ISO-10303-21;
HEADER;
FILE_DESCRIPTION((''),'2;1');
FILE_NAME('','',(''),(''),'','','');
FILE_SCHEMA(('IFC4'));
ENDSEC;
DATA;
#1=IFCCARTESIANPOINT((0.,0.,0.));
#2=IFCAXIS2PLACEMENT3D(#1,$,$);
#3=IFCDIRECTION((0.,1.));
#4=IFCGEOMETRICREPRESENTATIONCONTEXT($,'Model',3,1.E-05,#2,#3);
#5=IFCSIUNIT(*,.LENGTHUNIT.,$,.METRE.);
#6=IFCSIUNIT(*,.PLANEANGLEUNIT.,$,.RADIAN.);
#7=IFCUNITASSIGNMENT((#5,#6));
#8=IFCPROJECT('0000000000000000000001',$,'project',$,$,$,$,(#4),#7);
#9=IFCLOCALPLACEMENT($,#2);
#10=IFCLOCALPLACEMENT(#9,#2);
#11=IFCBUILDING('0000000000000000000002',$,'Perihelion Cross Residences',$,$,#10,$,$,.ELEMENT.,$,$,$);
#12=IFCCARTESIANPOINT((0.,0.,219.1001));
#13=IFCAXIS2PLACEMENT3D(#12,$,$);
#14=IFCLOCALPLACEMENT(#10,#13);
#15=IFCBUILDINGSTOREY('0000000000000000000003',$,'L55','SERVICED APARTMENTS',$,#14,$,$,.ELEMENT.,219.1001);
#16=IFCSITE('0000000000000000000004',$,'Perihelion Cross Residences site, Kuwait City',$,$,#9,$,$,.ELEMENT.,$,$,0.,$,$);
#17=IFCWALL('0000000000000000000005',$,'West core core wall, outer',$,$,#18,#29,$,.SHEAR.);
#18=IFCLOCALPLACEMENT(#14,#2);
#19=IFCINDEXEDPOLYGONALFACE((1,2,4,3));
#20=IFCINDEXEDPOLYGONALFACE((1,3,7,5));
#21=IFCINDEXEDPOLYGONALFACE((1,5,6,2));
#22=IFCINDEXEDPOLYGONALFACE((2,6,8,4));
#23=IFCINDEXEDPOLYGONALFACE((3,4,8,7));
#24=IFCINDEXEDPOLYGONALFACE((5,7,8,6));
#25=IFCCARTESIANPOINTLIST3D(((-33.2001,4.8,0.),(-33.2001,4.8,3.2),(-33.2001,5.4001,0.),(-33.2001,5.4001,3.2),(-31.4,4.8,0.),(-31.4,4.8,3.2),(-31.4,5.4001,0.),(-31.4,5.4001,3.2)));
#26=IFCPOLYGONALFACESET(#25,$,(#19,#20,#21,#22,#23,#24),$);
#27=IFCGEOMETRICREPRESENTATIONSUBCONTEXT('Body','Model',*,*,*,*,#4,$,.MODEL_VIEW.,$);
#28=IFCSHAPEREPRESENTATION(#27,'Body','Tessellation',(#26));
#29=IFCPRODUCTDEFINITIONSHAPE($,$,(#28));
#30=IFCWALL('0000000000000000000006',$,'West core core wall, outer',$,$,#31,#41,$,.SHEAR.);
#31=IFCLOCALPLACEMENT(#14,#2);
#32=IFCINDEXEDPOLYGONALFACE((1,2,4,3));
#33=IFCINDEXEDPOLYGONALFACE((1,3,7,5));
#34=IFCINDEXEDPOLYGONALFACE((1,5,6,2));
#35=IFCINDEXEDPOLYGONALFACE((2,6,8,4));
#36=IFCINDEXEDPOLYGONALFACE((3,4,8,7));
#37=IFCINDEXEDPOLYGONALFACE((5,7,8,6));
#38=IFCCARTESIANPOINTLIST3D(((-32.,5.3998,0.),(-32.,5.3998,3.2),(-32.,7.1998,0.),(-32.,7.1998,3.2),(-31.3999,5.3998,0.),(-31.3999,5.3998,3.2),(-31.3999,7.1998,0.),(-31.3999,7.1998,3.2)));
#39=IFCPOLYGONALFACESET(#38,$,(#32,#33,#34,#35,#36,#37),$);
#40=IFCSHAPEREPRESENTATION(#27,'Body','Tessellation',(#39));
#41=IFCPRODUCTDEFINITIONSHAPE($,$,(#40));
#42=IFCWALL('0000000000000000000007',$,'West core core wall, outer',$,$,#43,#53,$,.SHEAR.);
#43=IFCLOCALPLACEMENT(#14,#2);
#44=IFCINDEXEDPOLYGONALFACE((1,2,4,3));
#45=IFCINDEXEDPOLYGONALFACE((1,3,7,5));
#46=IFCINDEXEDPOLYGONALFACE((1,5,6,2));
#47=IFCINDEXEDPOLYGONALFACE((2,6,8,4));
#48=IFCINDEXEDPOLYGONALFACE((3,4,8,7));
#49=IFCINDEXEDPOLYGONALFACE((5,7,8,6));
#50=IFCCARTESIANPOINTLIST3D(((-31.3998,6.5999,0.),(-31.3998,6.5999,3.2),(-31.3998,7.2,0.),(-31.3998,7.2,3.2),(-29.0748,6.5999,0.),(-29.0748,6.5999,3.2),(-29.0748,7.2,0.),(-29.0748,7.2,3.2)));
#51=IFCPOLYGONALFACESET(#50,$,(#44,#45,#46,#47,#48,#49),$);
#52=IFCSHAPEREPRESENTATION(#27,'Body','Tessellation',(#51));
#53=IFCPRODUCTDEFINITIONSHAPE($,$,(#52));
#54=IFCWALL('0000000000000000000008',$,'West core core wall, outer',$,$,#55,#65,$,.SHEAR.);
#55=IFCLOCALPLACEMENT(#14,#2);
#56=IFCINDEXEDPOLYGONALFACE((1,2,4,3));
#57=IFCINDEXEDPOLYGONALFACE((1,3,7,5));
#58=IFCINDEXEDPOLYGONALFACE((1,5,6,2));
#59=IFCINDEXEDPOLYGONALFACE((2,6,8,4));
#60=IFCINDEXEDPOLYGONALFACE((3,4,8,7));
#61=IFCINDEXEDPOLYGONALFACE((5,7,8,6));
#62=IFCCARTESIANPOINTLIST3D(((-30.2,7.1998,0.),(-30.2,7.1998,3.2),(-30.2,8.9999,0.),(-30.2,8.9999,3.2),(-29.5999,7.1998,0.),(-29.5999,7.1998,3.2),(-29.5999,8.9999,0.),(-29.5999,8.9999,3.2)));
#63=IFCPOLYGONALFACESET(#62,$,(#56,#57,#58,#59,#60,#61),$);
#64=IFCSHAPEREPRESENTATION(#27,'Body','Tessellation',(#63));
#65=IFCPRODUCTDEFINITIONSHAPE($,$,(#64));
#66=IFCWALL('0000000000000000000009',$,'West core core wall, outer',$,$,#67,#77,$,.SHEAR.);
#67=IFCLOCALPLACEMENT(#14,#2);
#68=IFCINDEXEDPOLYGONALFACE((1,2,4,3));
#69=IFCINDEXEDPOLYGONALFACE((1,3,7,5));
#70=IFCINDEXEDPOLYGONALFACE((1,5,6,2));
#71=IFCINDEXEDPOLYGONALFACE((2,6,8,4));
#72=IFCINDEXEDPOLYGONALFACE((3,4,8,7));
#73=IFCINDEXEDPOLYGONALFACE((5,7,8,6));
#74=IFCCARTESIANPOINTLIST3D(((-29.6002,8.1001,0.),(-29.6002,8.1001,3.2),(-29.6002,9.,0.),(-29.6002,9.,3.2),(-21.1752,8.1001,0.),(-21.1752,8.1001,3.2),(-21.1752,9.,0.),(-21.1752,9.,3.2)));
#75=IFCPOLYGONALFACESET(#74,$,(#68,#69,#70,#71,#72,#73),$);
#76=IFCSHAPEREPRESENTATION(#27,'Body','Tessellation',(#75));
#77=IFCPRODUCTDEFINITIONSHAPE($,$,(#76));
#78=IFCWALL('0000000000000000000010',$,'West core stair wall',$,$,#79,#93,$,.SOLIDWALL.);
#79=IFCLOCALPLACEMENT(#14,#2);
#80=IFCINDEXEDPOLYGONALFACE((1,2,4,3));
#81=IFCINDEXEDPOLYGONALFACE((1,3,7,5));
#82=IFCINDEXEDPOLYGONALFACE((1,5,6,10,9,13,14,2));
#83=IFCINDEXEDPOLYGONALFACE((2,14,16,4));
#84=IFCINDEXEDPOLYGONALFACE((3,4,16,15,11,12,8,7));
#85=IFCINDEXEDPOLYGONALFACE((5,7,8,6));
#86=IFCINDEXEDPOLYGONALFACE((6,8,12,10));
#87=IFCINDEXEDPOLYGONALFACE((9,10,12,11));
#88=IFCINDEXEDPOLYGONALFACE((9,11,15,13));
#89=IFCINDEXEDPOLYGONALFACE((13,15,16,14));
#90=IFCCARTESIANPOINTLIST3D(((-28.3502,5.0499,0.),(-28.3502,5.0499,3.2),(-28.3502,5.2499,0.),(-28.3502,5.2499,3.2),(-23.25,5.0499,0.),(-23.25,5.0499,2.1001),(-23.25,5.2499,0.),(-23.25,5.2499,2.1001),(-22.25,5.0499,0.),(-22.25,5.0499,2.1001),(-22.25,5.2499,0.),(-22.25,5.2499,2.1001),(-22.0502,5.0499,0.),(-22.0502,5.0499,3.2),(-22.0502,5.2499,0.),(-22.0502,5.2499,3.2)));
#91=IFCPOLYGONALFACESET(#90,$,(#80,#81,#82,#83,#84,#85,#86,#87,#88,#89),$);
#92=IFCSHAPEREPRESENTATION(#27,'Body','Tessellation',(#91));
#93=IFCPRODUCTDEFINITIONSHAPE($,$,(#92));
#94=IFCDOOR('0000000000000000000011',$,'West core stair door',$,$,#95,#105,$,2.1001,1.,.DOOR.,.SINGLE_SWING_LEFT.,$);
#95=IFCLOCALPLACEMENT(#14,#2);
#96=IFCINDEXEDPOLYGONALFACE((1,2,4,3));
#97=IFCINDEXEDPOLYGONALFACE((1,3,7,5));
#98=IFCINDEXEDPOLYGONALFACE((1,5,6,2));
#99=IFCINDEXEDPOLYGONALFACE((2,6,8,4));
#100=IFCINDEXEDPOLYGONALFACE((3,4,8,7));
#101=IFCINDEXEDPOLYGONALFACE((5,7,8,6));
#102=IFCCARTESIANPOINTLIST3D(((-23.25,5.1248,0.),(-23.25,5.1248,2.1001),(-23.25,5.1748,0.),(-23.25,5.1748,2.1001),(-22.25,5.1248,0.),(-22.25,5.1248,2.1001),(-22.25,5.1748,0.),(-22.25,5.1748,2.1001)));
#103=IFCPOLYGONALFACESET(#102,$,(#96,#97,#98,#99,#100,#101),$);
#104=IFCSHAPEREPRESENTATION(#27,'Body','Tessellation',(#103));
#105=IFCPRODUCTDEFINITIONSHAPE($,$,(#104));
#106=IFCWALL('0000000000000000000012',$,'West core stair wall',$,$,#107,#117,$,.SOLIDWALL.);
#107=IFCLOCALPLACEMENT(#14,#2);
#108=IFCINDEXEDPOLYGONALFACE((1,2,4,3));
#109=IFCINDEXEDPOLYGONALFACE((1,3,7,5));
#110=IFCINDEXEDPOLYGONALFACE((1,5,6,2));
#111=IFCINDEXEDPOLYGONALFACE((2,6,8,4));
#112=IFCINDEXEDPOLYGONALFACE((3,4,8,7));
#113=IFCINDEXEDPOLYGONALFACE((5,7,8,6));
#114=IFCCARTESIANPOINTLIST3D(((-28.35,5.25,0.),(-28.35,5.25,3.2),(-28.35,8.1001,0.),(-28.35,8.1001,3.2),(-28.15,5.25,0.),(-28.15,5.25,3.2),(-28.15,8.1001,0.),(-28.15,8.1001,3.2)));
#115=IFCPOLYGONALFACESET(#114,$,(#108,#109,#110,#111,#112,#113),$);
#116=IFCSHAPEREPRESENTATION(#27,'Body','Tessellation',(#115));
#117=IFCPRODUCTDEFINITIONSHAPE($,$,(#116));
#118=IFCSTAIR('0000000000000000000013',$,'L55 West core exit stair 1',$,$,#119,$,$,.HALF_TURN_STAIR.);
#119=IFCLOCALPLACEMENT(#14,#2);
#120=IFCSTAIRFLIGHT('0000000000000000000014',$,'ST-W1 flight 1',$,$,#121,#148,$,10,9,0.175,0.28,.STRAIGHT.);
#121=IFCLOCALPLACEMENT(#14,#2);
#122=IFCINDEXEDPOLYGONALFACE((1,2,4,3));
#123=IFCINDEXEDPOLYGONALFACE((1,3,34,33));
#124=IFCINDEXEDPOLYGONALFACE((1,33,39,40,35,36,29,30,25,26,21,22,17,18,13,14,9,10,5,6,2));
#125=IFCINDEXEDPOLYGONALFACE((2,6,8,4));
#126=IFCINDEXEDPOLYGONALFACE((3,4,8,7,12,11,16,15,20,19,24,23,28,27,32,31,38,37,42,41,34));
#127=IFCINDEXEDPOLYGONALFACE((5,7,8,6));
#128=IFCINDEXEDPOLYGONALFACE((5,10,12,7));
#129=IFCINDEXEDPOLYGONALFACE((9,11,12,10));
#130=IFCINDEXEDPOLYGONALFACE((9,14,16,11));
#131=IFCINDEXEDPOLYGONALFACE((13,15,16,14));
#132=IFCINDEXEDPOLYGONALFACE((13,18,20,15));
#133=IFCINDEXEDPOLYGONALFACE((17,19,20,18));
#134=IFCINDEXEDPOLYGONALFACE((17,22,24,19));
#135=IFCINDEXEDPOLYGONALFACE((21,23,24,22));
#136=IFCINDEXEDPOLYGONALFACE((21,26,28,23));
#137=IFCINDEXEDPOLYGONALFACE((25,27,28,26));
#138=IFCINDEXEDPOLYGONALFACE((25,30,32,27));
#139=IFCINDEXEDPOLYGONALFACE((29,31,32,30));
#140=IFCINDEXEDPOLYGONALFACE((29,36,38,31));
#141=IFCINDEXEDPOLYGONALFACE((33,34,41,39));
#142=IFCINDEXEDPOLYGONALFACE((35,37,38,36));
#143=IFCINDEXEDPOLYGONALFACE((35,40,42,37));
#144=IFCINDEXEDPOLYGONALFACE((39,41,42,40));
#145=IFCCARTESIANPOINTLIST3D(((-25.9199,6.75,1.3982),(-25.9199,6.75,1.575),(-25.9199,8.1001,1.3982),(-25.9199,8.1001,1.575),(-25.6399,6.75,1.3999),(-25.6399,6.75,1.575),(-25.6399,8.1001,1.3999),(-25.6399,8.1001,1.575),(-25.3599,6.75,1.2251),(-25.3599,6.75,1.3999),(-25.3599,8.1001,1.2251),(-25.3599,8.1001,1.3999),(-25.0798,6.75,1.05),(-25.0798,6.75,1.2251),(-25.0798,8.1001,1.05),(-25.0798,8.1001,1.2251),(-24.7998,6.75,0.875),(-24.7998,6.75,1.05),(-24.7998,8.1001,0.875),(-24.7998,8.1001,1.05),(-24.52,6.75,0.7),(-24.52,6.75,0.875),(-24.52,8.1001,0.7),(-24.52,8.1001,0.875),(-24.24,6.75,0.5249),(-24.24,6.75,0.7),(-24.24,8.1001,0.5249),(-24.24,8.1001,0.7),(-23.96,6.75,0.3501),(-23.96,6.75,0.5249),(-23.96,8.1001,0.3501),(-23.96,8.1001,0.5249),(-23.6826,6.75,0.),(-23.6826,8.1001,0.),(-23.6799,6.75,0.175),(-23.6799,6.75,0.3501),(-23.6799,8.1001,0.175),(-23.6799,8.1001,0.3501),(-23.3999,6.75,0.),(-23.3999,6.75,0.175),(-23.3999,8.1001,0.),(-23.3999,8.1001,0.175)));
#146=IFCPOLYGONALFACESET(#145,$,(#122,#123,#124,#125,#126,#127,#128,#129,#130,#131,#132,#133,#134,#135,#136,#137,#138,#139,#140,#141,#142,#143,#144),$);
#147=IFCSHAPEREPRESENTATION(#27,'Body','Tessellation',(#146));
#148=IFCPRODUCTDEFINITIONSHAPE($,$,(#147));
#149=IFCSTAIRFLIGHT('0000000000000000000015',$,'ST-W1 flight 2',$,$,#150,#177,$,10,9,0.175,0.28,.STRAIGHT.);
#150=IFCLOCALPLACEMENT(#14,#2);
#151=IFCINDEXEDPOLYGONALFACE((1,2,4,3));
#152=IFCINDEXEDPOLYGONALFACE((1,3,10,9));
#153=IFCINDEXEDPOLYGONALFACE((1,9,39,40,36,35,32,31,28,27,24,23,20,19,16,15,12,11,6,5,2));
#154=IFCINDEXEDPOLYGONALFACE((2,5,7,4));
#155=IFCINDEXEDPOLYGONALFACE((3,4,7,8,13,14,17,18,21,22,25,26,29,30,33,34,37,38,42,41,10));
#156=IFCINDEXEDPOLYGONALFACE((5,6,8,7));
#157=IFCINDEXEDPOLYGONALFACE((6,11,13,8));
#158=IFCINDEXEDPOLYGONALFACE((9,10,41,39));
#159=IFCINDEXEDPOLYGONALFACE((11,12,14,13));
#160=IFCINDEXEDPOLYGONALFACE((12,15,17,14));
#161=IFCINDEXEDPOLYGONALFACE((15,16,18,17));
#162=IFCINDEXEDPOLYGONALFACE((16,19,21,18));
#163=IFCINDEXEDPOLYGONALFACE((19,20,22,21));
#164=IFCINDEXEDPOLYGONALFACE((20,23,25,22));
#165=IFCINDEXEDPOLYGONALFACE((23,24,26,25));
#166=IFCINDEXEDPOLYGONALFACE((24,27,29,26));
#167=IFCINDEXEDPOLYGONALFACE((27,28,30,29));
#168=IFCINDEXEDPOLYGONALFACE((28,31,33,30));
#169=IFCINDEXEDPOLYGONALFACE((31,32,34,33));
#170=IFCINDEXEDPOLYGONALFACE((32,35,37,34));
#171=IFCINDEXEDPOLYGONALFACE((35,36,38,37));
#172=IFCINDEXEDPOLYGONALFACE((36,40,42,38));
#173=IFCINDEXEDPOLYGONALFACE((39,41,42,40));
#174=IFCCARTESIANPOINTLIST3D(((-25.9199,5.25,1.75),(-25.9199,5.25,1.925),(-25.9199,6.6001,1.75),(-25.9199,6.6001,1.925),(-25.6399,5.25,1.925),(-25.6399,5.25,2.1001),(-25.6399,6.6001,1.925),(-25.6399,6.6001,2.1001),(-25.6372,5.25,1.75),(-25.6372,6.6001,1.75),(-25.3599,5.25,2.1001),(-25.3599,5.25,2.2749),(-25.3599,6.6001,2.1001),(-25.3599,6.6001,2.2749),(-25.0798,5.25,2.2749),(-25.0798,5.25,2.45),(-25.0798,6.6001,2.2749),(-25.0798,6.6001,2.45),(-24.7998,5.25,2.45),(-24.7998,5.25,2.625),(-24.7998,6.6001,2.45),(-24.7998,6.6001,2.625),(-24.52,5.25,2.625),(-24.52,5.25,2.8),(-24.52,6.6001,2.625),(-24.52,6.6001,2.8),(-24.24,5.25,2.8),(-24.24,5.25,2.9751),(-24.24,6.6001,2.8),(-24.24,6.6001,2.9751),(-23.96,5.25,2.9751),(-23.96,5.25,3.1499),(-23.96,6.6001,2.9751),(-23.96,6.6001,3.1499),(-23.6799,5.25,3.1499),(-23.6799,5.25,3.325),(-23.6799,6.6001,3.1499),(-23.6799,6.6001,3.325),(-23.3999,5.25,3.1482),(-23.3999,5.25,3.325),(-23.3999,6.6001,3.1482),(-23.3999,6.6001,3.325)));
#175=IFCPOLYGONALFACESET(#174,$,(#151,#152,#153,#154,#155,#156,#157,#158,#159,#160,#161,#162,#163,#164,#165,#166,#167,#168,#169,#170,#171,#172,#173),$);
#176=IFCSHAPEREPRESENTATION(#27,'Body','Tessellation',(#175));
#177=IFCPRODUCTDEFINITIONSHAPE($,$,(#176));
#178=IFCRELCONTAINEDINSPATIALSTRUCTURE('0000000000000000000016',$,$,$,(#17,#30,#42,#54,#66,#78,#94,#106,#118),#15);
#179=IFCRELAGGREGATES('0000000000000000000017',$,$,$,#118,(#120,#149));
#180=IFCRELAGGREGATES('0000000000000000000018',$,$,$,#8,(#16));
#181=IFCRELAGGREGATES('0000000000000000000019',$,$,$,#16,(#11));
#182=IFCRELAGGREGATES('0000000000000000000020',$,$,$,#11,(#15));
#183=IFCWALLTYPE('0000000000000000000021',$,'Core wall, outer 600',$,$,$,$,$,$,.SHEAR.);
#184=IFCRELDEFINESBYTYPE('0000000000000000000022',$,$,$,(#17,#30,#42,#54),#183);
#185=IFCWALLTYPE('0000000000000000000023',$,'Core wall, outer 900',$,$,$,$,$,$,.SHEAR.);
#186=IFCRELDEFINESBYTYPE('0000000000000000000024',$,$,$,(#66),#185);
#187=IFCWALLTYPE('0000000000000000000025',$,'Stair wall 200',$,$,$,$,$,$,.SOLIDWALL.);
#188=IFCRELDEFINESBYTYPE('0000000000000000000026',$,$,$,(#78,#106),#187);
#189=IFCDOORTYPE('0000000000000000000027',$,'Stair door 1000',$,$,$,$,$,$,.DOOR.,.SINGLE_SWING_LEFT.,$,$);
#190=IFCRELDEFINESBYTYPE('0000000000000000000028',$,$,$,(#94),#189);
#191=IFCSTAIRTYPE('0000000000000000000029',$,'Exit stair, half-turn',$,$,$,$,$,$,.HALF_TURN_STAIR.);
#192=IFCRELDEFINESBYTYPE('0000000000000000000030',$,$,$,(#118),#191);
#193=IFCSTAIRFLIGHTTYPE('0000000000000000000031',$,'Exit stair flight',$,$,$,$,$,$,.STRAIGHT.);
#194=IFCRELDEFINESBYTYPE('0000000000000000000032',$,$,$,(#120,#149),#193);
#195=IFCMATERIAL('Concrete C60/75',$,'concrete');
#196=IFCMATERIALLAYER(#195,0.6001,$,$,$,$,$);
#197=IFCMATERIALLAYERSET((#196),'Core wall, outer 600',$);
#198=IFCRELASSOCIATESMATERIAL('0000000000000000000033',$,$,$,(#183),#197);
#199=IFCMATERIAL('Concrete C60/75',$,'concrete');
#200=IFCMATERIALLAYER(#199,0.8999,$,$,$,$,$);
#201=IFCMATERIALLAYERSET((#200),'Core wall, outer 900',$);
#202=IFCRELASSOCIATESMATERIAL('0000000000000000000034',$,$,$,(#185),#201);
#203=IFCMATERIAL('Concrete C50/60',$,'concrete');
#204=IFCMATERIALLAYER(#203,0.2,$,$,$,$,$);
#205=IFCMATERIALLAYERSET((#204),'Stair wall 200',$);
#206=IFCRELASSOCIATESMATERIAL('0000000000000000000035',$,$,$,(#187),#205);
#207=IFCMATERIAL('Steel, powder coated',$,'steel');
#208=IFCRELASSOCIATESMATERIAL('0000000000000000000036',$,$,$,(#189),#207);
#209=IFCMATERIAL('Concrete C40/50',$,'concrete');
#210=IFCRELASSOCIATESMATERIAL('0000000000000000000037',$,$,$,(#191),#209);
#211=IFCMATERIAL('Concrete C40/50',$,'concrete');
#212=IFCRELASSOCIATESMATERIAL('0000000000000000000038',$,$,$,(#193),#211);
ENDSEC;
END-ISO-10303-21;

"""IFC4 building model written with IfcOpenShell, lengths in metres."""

from ifc_helpers import new_model, si_unit, direction, frame, frame_2d, origin, place, context, subcontext, project, spatial, polyline, rectangle, outline, extrude, material, layer, layer_set, type_object, element, fill, aggregate, save


model = new_model("IFC4")

# Units and contexts
model_context = context("Model", 3, precision=1e-05, world=origin(), true_north=direction((0.0, 1.0)))
body_context = subcontext(model_context, "Body", "Model", "MODEL_VIEW")
ifc_project = project(units=[si_unit("LENGTHUNIT", "METRE"), si_unit("PLANEANGLEUNIT", "RADIAN")], contexts=[model_context])

# Site, building, storey
site_placement = place(None, origin())
site = spatial("IfcSite", under=ifc_project, at=site_placement, Name="Perihelion Cross Residences site, Kuwait City", CompositionType="ELEMENT", RefElevation=0.0)
building_placement = place(site_placement, origin())
building = spatial("IfcBuilding", under=site, at=building_placement, Name="Perihelion Cross Residences", CompositionType="ELEMENT")
storey_placement = place(building_placement, frame((0.0, 0.0, 219.1001)))
storey = spatial("IfcBuildingStorey", under=building, at=storey_placement, Name="L55", Description="SERVICED APARTMENTS", CompositionType="ELEMENT", Elevation=219.1001)

# Walls
ifc_material_1 = material(Name="Concrete C60/75", Category="concrete")
ifc_layer_1 = layer(ifc_material_1, 0.6001)
ifc_layer_set_1 = layer_set([ifc_layer_1], Name="Core wall, outer 600")
wall_type_1 = type_object("IfcWallType", Name="Core wall, outer 600", PredefinedType="SHEAR", material=ifc_layer_set_1)
for number, where, z_axis, x_axis, name in (
    (1, (-33.2, 5.1001, 0.0), (0.0, 0.0, 1.0), (1.0, 0.0, 0.0), "West core core wall, outer"),
    (2, (-31.7, 5.3999, 0.0), (0.0, 0.0, 1.0), (0.0, 1.0, 0.0), "West core core wall, outer"),
):
    element("IfcWall", number, at=place(storey_placement, frame(where, z_axis=z_axis, x_axis=x_axis)), inside=storey, type_object=wall_type_1, Name=name, PredefinedType="SHEAR", context=body_context, shape_type="SweptSolid", body=[
        extrude(rectangle(XDim=1.8, YDim=0.6001, at=frame_2d((0.8999, 0.0))), origin(), (0.0, 0.0, 1.0), 3.2),
    ])
wall_1_placement = place(storey_placement, frame((-31.3999, 6.8999, 0.0), z_axis=(0.0, 0.0, 1.0), x_axis=(1.0, 0.0, 0.0)))
element("IfcWall", 3, at=wall_1_placement, inside=storey, type_object=wall_type_1, Name="West core core wall, outer", PredefinedType="SHEAR", context=body_context, shape_type="SweptSolid", body=[
    extrude(rectangle(XDim=2.325, YDim=0.6001, at=frame_2d((1.1626, 0.0))), origin(), (0.0, 0.0, 1.0), 3.2),
])
wall_2_placement = place(storey_placement, frame((-29.8999, 7.2, 0.0), z_axis=(0.0, 0.0, 1.0), x_axis=(0.0, 1.0, 0.0)))
element("IfcWall", 4, at=wall_2_placement, inside=storey, type_object=wall_type_1, Name="West core core wall, outer", PredefinedType="SHEAR", context=body_context, shape_type="SweptSolid", body=[
    extrude(rectangle(XDim=1.8, YDim=0.6001, at=frame_2d((0.8999, 0.0))), origin(), (0.0, 0.0, 1.0), 3.2),
])
ifc_material_2 = material(Name="Concrete C60/75", Category="concrete")
ifc_layer_2 = layer(ifc_material_2, 0.8999)
ifc_layer_set_2 = layer_set([ifc_layer_2], Name="Core wall, outer 900")
wall_type_2 = type_object("IfcWallType", Name="Core wall, outer 900", PredefinedType="SHEAR", material=ifc_layer_set_2)
wall_3_placement = place(storey_placement, frame((-29.6001, 8.55, 0.0), z_axis=(0.0, 0.0, 1.0), x_axis=(1.0, 0.0, 0.0)))
element("IfcWall", 5, at=wall_3_placement, inside=storey, type_object=wall_type_2, Name="West core core wall, outer", PredefinedType="SHEAR", context=body_context, shape_type="SweptSolid", body=[
    extrude(rectangle(XDim=8.425, YDim=0.8999, at=frame_2d((4.2124, 0.0))), origin(), (0.0, 0.0, 1.0), 3.2),
])

# Wall, opening, door
ifc_material_3 = material(Name="Concrete C50/60", Category="concrete")
ifc_layer_3 = layer(ifc_material_3, 0.2)
ifc_layer_set_3 = layer_set([ifc_layer_3], Name="Stair wall 200")
wall_type_3 = type_object("IfcWallType", Name="Stair wall 200", PredefinedType="SOLIDWALL", material=ifc_layer_set_3)
wall_4_placement = place(storey_placement, frame((-28.3501, 5.1499, 0.0), z_axis=(0.0, 0.0, 1.0), x_axis=(1.0, 0.0, 0.0)))
wall_4 = element("IfcWall", 6, at=wall_4_placement, inside=storey, type_object=wall_type_3, Name="West core stair wall", PredefinedType="SOLIDWALL", context=body_context, shape_type="SweptSolid", body=[
    extrude(rectangle(XDim=6.3, YDim=0.2, at=frame_2d((3.1499, 0.0))), origin(), (0.0, 0.0, 1.0), 3.2),
])
opening_placement = place(wall_4_placement, frame((5.1001, 0.0, 0.0)))
opening = element("IfcOpeningElement", 7, at=opening_placement, cuts=wall_4, PredefinedType="OPENING", context=body_context, shape_type="SweptSolid", body=[
    extrude(rectangle(XDim=1.0, YDim=2.1001, at=frame_2d((0.5, 1.05))), frame((0.0, 0.1099, 0.0), z_axis=(0.0, -1.0, 0.0), x_axis=(1.0, 0.0, 0.0)), (0.0, 0.0, 1.0), 0.22),
])
ifc_material_4 = material(Name="Steel, powder coated", Category="steel")
door_type = type_object("IfcDoorType", Name="Stair door 1000", OperationType="SINGLE_SWING_LEFT", PredefinedType="DOOR", material=ifc_material_4)
door_placement = place(opening_placement, origin())
door = element("IfcDoor", 8, at=door_placement, inside=storey, type_object=door_type, Name="West core stair door", OperationType="SINGLE_SWING_LEFT", OverallHeight=2.1001, OverallWidth=1.0, PredefinedType="DOOR", context=body_context, shape_type="SweptSolid", body=[
    extrude(rectangle(XDim=1.0, YDim=2.1001, at=frame_2d((0.5, 1.05))), frame((0.0, 0.0249, 0.0), z_axis=(0.0, -1.0, 0.0), x_axis=(1.0, 0.0, 0.0)), (0.0, 0.0, 1.0), 0.05),
])
fill(opening, door)

# Wall
wall_5_placement = place(storey_placement, frame((-28.25, 5.25, 0.0), z_axis=(0.0, 0.0, 1.0), x_axis=(0.0, 1.0, 0.0)))
element("IfcWall", 9, at=wall_5_placement, inside=storey, type_object=wall_type_3, Name="West core stair wall", PredefinedType="SOLIDWALL", context=body_context, shape_type="SweptSolid", body=[
    extrude(rectangle(XDim=2.8501, YDim=0.2, at=frame_2d((1.425, 0.0))), origin(), (0.0, 0.0, 1.0), 3.2),
])

# Stair, stair flights
ifc_material_5 = material(Name="Concrete C40/50", Category="concrete")
stair_type = type_object("IfcStairType", Name="Exit stair, half-turn", PredefinedType="HALF_TURN_STAIR", material=ifc_material_5)
stair_placement = place(storey_placement, origin())
stair = element("IfcStair", 10, at=stair_placement, inside=storey, type_object=stair_type, Name="L55 West core exit stair 1", PredefinedType="HALF_TURN_STAIR")
ifc_material_6 = material(Name="Concrete C40/50", Category="concrete")
stair_flight_type = type_object("IfcStairFlightType", Name="Exit stair flight", PredefinedType="STRAIGHT", material=ifc_material_6)
stair_flight_1_placement = place(storey_placement, frame((-23.3999, 7.425, 0.0), z_axis=(0.0, 0.0, 1.0), x_axis=(-1.0, 0.0, 0.0)))
stair_flight_1 = element("IfcStairFlight", 11, at=stair_flight_1_placement, type_object=stair_flight_type, Name="ST-W1 flight 1", NumberOfRisers=10, NumberOfTreads=9, PredefinedType="STRAIGHT", RiserHeight=0.175, TreadLength=0.28, context=body_context, shape_type="SweptSolid", body=[
    extrude(outline(polyline([(0.0, 0.0), (0.0, 0.175), (0.28, 0.175), (0.28, 0.3501), (0.5601, 0.3501), (0.5601, 0.5249), (0.8401, 0.5249), (0.8401, 0.7), (1.1201, 0.7), (1.1201, 0.875), (1.3999, 0.875), (1.3999, 1.05), (1.6799, 1.05), (1.6799, 1.2251), (1.96, 1.2251), (1.96, 1.3999), (2.24, 1.3999), (2.24, 1.575), (2.52, 1.575), (2.52, 1.75), (2.52, 1.3982), (0.2827, 0.0), (0.0, 0.0)])), frame((0.0, 0.675, 0.0), z_axis=(0.0, -1.0, 0.0), x_axis=(1.0, 0.0, 0.0)), (0.0, 0.0, 1.0), 1.3501),
])
stair_flight_2_placement = place(storey_placement, frame((-25.9199, 5.925, 1.75), z_axis=(0.0, 0.0, 1.0), x_axis=(1.0, 0.0, 0.0)))
stair_flight_2 = element("IfcStairFlight", 12, at=stair_flight_2_placement, type_object=stair_flight_type, Name="ST-W1 flight 2", NumberOfRisers=10, NumberOfTreads=9, PredefinedType="STRAIGHT", RiserHeight=0.175, TreadLength=0.28, context=body_context, shape_type="SweptSolid", body=[
    extrude(outline(polyline([(0.0, 0.0), (0.0, 0.175), (0.28, 0.175), (0.28, 0.3501), (0.5601, 0.3501), (0.5601, 0.5249), (0.8401, 0.5249), (0.8401, 0.7), (1.1201, 0.7), (1.1201, 0.875), (1.3999, 0.875), (1.3999, 1.05), (1.6799, 1.05), (1.6799, 1.2251), (1.96, 1.2251), (1.96, 1.3999), (2.24, 1.3999), (2.24, 1.575), (2.52, 1.575), (2.52, 1.75), (2.52, 1.3982), (0.2827, 0.0), (0.0, 0.0)])), frame((0.0, 0.675, 0.0), z_axis=(0.0, -1.0, 0.0), x_axis=(1.0, 0.0, 0.0)), (0.0, 0.0, 1.0), 1.3501),
])
aggregate(stair, [stair_flight_1, stair_flight_2])

save(model, "model.ifc")
